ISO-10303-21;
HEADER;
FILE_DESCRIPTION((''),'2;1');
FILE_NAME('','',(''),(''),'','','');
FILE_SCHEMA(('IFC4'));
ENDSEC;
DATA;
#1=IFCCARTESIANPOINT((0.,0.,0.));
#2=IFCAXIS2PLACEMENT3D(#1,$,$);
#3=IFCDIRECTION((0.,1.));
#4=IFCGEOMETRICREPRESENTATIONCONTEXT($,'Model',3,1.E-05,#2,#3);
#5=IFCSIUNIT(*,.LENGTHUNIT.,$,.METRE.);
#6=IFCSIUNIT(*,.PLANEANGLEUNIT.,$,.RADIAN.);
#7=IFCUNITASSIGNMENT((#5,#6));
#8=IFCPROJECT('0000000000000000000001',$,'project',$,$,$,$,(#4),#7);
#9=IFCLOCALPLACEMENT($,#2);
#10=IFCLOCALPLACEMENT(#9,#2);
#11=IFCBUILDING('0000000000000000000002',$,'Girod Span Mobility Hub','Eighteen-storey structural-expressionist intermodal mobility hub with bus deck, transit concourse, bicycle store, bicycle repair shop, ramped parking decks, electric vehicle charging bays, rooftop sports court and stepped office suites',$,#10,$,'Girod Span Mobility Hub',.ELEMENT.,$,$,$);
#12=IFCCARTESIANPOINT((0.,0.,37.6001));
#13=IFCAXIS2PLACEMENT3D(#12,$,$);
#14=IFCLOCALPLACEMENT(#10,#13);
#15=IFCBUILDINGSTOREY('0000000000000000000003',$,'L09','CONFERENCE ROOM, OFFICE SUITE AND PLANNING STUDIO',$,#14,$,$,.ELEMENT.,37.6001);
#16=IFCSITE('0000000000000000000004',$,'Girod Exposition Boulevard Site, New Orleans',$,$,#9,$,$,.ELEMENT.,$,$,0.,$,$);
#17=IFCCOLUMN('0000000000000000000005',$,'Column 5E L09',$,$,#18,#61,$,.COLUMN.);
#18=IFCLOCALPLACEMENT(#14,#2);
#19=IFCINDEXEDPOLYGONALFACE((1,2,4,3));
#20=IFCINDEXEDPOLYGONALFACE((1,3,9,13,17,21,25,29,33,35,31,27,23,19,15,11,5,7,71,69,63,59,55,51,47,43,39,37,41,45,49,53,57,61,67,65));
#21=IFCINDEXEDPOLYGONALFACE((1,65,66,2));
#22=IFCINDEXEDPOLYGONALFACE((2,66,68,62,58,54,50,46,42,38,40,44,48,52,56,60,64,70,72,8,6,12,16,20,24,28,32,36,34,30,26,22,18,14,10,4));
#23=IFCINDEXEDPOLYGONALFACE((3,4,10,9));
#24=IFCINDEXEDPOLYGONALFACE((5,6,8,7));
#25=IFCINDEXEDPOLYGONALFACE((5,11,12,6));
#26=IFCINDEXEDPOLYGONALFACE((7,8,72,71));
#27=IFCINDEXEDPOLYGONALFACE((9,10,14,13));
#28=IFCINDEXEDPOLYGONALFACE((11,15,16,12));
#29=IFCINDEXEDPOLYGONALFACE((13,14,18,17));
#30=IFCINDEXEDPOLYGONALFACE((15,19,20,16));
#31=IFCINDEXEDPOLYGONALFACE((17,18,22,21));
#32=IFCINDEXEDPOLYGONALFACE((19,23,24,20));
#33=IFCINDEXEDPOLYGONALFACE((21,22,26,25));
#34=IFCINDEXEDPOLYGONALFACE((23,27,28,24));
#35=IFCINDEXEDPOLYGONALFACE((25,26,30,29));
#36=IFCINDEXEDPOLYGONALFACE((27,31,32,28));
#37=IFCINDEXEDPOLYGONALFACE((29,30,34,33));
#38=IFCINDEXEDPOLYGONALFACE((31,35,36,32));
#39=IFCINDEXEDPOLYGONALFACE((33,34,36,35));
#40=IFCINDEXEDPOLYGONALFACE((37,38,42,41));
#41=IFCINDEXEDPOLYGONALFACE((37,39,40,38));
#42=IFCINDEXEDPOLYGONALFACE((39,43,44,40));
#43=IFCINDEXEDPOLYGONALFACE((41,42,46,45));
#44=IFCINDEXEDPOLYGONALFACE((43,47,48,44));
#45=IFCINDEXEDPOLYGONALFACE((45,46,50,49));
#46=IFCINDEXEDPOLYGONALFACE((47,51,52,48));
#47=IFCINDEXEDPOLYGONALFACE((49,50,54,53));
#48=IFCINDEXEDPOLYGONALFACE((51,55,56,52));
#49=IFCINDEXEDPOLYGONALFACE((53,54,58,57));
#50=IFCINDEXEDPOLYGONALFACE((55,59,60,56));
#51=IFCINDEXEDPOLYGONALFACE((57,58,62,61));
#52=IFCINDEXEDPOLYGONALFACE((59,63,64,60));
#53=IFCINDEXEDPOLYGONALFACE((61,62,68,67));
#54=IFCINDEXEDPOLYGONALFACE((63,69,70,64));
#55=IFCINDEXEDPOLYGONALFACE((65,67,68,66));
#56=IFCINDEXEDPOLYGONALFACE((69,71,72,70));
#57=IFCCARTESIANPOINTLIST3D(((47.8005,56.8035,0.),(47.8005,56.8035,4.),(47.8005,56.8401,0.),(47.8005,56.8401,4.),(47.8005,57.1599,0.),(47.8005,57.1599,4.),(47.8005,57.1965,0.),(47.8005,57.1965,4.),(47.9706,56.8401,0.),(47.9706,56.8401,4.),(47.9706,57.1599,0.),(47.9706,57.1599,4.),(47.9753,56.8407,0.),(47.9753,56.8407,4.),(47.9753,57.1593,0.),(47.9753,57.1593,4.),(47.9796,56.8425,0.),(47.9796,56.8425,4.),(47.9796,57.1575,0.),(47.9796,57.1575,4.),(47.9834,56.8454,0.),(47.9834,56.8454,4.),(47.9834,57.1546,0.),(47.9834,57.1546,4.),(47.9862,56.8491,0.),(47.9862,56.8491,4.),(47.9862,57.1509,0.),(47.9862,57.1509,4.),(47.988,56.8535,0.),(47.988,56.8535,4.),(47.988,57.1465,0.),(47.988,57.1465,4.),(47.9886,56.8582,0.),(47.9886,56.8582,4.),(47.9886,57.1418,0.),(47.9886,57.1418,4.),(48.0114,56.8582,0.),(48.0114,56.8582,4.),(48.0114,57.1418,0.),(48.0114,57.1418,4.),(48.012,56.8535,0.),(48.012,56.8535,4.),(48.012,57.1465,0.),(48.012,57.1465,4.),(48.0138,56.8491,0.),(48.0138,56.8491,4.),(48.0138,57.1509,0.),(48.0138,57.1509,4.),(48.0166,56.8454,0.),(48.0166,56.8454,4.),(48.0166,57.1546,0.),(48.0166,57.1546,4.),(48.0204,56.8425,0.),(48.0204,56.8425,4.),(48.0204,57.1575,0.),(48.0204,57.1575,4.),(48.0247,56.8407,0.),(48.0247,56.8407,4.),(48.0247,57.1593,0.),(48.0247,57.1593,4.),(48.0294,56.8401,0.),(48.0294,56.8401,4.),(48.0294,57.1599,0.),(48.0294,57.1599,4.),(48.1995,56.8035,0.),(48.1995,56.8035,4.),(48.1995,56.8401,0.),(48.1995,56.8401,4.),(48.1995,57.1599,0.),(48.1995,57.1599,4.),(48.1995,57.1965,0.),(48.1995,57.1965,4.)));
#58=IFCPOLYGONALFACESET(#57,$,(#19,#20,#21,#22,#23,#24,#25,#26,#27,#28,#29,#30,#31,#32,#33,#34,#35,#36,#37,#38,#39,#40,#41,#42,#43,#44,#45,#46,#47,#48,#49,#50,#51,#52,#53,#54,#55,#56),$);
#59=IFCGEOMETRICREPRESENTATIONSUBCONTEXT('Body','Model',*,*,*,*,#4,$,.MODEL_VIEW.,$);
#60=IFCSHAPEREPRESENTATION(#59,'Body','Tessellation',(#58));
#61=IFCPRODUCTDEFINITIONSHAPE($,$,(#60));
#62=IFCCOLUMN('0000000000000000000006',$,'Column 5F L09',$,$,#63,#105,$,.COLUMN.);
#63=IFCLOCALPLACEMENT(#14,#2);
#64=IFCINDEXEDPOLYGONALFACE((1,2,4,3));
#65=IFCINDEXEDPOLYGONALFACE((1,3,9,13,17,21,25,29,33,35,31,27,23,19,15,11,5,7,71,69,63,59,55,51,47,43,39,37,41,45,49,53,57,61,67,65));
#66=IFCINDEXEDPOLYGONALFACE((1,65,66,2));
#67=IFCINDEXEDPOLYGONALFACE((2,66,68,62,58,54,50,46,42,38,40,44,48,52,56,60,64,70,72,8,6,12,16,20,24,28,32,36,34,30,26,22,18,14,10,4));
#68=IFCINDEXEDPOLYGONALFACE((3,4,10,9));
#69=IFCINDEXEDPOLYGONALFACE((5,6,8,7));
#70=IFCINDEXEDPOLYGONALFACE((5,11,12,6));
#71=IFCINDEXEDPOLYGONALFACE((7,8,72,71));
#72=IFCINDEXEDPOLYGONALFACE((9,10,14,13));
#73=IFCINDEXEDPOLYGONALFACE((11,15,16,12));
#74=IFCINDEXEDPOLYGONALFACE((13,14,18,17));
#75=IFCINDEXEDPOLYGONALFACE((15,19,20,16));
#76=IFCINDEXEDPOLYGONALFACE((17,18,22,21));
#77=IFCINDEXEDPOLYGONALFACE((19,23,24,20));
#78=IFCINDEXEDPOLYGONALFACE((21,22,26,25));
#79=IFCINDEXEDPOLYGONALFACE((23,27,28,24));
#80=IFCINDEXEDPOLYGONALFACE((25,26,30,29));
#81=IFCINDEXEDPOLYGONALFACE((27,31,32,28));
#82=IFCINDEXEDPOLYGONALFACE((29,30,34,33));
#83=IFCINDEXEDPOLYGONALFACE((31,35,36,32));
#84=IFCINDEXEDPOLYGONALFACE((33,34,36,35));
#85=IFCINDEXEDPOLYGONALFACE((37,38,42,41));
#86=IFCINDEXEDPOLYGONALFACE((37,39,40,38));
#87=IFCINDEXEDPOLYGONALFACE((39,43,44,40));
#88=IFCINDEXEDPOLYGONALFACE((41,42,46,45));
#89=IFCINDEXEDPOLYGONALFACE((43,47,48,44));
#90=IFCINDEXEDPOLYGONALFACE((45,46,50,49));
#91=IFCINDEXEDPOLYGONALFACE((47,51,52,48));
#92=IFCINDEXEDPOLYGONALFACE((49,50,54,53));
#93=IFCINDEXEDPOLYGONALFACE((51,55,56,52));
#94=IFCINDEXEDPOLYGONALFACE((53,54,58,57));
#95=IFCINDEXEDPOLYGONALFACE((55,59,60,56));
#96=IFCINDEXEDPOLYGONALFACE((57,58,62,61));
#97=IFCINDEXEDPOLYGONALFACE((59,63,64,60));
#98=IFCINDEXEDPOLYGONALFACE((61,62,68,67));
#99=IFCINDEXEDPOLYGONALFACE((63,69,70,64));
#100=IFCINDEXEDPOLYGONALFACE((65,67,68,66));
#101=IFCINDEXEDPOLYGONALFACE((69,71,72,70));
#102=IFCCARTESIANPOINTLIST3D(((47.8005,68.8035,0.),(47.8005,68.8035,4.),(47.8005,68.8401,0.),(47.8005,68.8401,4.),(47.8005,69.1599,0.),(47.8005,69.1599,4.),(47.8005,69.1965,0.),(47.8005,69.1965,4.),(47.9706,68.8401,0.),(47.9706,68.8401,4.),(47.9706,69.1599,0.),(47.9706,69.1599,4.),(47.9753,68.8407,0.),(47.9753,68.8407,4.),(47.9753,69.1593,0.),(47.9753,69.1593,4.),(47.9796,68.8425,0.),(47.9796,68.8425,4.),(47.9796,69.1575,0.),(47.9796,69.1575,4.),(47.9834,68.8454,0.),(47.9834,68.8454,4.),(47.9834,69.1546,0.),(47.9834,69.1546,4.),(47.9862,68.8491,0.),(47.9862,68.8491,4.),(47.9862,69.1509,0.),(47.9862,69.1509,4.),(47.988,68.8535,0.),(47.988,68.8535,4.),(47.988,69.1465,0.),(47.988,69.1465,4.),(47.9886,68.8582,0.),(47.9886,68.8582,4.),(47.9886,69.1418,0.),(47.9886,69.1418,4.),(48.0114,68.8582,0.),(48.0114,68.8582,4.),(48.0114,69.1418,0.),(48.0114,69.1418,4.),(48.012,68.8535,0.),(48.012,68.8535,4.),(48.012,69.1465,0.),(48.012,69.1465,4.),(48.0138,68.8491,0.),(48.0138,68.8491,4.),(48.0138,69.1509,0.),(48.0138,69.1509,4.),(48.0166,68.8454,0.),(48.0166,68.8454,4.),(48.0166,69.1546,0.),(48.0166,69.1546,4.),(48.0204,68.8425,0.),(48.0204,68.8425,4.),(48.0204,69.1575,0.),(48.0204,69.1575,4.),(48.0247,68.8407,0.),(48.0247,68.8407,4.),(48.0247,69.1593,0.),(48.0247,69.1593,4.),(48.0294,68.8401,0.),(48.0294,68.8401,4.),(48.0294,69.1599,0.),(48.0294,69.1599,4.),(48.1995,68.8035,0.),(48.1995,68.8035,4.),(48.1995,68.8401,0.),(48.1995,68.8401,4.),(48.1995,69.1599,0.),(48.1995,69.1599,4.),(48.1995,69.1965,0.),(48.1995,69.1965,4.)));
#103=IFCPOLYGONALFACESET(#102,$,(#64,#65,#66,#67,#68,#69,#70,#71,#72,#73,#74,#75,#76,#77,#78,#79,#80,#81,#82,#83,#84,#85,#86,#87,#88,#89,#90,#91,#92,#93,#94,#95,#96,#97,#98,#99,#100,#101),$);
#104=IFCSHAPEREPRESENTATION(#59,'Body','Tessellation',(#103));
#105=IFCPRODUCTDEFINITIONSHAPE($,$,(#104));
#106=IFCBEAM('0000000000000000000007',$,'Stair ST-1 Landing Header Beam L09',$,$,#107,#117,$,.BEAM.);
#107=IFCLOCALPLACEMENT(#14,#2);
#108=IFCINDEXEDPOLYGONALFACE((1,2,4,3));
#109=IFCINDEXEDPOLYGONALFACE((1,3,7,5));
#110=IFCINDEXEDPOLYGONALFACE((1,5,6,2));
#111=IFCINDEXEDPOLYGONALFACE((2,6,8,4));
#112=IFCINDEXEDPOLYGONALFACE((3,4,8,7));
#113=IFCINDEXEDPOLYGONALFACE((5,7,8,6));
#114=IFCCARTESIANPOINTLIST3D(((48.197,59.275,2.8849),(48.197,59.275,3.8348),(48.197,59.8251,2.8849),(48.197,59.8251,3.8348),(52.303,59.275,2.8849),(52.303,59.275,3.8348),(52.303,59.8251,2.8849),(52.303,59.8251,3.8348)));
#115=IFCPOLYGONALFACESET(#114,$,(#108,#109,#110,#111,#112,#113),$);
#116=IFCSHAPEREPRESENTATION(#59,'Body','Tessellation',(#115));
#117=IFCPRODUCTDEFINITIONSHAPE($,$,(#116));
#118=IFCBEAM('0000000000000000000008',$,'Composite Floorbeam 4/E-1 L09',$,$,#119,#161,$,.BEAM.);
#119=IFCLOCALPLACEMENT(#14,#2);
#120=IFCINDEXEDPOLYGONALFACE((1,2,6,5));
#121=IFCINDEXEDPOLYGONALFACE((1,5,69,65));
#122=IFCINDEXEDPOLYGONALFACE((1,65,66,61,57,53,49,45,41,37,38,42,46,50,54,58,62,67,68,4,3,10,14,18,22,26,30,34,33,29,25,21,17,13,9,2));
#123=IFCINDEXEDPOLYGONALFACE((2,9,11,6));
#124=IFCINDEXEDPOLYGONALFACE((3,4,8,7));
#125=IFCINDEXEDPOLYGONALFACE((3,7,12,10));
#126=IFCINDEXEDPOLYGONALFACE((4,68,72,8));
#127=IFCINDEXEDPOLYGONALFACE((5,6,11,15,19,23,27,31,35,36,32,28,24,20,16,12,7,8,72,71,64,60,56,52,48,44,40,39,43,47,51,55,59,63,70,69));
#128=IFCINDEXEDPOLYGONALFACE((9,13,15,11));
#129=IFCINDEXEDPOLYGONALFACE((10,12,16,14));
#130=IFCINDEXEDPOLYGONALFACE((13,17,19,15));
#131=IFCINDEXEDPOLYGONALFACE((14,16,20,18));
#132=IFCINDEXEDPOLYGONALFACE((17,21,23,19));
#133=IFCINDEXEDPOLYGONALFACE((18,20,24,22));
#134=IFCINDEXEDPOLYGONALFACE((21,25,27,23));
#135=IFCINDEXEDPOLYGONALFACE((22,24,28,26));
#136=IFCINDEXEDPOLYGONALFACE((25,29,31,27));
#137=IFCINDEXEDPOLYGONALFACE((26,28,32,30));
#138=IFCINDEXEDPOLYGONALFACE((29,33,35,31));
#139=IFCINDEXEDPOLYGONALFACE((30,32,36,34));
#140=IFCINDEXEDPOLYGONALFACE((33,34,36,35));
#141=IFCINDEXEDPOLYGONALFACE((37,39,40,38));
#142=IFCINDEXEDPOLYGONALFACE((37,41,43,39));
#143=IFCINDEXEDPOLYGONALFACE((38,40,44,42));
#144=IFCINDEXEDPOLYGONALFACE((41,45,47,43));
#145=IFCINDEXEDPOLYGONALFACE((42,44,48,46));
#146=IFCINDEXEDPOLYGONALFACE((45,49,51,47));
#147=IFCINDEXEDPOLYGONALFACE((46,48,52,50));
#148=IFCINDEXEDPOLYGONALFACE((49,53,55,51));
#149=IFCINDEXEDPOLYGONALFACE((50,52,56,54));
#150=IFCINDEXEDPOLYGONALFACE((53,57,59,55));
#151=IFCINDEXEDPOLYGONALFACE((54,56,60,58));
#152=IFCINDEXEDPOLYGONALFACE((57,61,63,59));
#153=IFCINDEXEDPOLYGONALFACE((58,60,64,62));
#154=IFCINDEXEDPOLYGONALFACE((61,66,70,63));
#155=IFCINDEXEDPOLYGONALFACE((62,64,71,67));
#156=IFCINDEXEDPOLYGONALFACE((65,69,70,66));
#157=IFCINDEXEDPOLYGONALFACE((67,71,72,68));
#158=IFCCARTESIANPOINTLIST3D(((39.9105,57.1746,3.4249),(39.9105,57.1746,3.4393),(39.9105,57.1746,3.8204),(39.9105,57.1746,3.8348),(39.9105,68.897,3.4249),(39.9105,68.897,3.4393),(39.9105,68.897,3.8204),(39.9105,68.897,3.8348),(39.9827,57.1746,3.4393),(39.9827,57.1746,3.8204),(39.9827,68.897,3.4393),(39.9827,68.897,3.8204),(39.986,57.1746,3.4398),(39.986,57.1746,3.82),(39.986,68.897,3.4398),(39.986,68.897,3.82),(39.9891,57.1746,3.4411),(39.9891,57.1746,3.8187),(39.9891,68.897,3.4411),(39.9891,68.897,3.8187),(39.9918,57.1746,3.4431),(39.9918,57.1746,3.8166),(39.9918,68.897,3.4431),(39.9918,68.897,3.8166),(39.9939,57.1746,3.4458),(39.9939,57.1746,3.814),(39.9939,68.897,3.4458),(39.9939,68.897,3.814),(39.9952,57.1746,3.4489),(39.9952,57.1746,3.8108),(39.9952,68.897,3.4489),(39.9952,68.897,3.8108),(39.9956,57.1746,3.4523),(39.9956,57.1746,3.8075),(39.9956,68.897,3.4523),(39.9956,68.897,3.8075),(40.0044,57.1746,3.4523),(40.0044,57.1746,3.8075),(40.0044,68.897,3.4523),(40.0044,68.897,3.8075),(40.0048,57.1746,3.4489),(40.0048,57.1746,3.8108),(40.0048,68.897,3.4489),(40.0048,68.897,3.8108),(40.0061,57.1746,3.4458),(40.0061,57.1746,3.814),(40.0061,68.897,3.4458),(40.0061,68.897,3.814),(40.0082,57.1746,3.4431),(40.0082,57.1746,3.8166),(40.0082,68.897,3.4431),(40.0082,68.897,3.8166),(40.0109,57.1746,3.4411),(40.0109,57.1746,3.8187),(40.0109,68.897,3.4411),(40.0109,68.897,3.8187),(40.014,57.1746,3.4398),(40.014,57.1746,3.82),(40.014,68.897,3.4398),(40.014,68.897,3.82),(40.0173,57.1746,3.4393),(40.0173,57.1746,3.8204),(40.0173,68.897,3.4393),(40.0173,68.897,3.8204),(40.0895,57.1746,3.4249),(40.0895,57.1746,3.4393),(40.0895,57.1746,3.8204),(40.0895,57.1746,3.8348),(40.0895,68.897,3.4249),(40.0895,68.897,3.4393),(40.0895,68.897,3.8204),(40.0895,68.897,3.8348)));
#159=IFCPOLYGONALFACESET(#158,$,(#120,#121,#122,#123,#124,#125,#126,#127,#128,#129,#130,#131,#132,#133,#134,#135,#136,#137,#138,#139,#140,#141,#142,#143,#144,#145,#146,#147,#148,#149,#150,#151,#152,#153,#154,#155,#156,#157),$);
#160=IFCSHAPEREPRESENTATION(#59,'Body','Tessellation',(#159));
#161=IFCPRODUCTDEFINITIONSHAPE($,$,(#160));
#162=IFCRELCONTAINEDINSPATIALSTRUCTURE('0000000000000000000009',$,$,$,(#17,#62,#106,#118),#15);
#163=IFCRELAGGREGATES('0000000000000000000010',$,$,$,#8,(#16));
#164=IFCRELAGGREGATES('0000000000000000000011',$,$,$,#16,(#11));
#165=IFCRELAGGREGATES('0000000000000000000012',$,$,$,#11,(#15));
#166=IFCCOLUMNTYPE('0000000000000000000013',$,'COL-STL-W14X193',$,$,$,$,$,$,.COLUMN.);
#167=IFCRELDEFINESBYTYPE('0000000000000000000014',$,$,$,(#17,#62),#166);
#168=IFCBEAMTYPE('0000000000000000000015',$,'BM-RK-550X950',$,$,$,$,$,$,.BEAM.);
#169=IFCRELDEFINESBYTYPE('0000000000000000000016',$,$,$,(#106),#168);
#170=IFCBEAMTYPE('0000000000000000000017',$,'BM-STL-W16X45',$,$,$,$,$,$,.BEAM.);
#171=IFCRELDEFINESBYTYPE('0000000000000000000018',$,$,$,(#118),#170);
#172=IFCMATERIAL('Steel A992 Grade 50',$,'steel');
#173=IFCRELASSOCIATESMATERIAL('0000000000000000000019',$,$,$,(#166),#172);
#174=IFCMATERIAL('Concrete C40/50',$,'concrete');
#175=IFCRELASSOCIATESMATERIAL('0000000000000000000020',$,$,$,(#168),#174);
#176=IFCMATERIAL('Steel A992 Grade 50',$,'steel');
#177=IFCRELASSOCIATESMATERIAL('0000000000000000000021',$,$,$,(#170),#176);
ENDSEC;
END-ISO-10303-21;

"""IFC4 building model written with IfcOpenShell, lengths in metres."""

from ifc_helpers import new_model, si_unit, direction, frame, origin, origin_2d, place, context, subcontext, project, spatial, rectangle, i_section, extrude, material, material_profile, profile_set, type_object, element, save


model = new_model("IFC4")

# Units and contexts
model_context = context("Model", 3, precision=1e-05, world=origin(), true_north=direction((0.0, 1.0)))
body_context = subcontext(model_context, "Body", "Model", "MODEL_VIEW")
ifc_project = project(units=[si_unit("LENGTHUNIT", "METRE"), si_unit("PLANEANGLEUNIT", "RADIAN")], contexts=[model_context])

# Site, building, storey
site_placement = place(None, origin())
site = spatial("IfcSite", under=ifc_project, at=site_placement, Name="Girod Exposition Boulevard Site, New Orleans", CompositionType="ELEMENT", RefElevation=0.0)
building_placement = place(site_placement, origin())
building = spatial("IfcBuilding", under=site, at=building_placement, Name="Girod Span Mobility Hub", Description="Eighteen-storey structural-expressionist intermodal mobility hub with bus deck, transit concourse, bicycle store, bicycle repair shop, ramped parking decks, electric vehicle charging bays, rooftop sports court and stepped office suites", LongName="Girod Span Mobility Hub", CompositionType="ELEMENT")
storey_placement = place(building_placement, frame((0.0, 0.0, 37.6001)))
storey = spatial("IfcBuildingStorey", under=building, at=storey_placement, Name="L09", Description="CONFERENCE ROOM, OFFICE SUITE AND PLANNING STUDIO", CompositionType="ELEMENT", Elevation=37.6001)

# Columns
ifc_material_1 = material(Name="Steel A992 Grade 50", Category="steel")
ifc_material_profile_1 = material_profile(ifc_material_1, i_section(OverallWidth=0.3989, OverallDepth=0.3931, WebThickness=0.0227, FlangeThickness=0.0366, FilletRadius=0.0181, at=origin_2d()), Name="W14X193")
ifc_profile_set_1 = profile_set([ifc_material_profile_1], Name="Steel A992 Grade 50")
column_type = type_object("IfcColumnType", Name="COL-STL-W14X193", PredefinedType="COLUMN", material=ifc_profile_set_1)
for number, where, z_axis, x_axis, name in (
    (1, (48.0, 57.0, 0.0), (0.0, 0.0, 1.0), (1.0, 0.0, 0.0), "Column 5E L09"),
    (2, (48.0, 69.0, 0.0), (0.0, 0.0, 1.0), (1.0, 0.0, 0.0), "Column 5F L09"),
):
    element("IfcColumn", number, at=place(storey_placement, frame(where, z_axis=z_axis, x_axis=x_axis)), inside=storey, type_object=column_type, Name=name, PredefinedType="COLUMN", context=body_context, shape_type="SweptSolid", body=[
        extrude(i_section(OverallWidth=0.3989, OverallDepth=0.3931, WebThickness=0.0227, FlangeThickness=0.0366, FilletRadius=0.0181, at=origin_2d()), origin(), (0.0, 0.0, 1.0), 4.0),
    ])

# Beams
ifc_material_2 = material(Name="Concrete C40/50", Category="concrete")
ifc_material_profile_2 = material_profile(ifc_material_2, rectangle(XDim=0.55, YDim=0.95, at=origin_2d()), Name="RK-550X950")
ifc_profile_set_2 = profile_set([ifc_material_profile_2], Name="Concrete C40/50")
beam_type_1 = type_object("IfcBeamType", Name="BM-RK-550X950", PredefinedType="BEAM", material=ifc_profile_set_2)
beam_1_placement = place(storey_placement, frame((48.197, 59.55, 3.3599), z_axis=(1.0, 0.0, 0.0), x_axis=(0.0, 1.0, 0.0)))
element("IfcBeam", 3, at=beam_1_placement, inside=storey, type_object=beam_type_1, Name="Stair ST-1 Landing Header Beam L09", PredefinedType="BEAM", context=body_context, shape_type="SweptSolid", body=[
    extrude(rectangle(XDim=0.55, YDim=0.95, at=origin_2d()), origin(), (0.0, 0.0, 1.0), 4.106),
])
ifc_material_3 = material(Name="Steel A992 Grade 50", Category="steel")
ifc_material_profile_3 = material_profile(ifc_material_3, i_section(OverallWidth=0.179, OverallDepth=0.4099, WebThickness=0.0088, FlangeThickness=0.0144, FilletRadius=0.0129, at=origin_2d()), Name="W16X45")
ifc_profile_set_3 = profile_set([ifc_material_profile_3], Name="Steel A992 Grade 50")
beam_type_2 = type_object("IfcBeamType", Name="BM-STL-W16X45", PredefinedType="BEAM", material=ifc_profile_set_3)
for number, where, z_axis, x_axis, name in (
    (4, (40.0, 57.1746, 3.6299), (0.0, 1.0, 0.0), (-1.0, 0.0, 0.0), "Composite Floorbeam 4/E-1 L09"),
):
    element("IfcBeam", number, at=place(storey_placement, frame(where, z_axis=z_axis, x_axis=x_axis)), inside=storey, type_object=beam_type_2, Name=name, PredefinedType="BEAM", context=body_context, shape_type="SweptSolid", body=[
        extrude(i_section(OverallWidth=0.179, OverallDepth=0.4099, WebThickness=0.0088, FlangeThickness=0.0144, FilletRadius=0.0129, at=origin_2d()), origin(), (0.0, 0.0, 1.0), 11.7224),
    ])

save(model, "model.ifc")
